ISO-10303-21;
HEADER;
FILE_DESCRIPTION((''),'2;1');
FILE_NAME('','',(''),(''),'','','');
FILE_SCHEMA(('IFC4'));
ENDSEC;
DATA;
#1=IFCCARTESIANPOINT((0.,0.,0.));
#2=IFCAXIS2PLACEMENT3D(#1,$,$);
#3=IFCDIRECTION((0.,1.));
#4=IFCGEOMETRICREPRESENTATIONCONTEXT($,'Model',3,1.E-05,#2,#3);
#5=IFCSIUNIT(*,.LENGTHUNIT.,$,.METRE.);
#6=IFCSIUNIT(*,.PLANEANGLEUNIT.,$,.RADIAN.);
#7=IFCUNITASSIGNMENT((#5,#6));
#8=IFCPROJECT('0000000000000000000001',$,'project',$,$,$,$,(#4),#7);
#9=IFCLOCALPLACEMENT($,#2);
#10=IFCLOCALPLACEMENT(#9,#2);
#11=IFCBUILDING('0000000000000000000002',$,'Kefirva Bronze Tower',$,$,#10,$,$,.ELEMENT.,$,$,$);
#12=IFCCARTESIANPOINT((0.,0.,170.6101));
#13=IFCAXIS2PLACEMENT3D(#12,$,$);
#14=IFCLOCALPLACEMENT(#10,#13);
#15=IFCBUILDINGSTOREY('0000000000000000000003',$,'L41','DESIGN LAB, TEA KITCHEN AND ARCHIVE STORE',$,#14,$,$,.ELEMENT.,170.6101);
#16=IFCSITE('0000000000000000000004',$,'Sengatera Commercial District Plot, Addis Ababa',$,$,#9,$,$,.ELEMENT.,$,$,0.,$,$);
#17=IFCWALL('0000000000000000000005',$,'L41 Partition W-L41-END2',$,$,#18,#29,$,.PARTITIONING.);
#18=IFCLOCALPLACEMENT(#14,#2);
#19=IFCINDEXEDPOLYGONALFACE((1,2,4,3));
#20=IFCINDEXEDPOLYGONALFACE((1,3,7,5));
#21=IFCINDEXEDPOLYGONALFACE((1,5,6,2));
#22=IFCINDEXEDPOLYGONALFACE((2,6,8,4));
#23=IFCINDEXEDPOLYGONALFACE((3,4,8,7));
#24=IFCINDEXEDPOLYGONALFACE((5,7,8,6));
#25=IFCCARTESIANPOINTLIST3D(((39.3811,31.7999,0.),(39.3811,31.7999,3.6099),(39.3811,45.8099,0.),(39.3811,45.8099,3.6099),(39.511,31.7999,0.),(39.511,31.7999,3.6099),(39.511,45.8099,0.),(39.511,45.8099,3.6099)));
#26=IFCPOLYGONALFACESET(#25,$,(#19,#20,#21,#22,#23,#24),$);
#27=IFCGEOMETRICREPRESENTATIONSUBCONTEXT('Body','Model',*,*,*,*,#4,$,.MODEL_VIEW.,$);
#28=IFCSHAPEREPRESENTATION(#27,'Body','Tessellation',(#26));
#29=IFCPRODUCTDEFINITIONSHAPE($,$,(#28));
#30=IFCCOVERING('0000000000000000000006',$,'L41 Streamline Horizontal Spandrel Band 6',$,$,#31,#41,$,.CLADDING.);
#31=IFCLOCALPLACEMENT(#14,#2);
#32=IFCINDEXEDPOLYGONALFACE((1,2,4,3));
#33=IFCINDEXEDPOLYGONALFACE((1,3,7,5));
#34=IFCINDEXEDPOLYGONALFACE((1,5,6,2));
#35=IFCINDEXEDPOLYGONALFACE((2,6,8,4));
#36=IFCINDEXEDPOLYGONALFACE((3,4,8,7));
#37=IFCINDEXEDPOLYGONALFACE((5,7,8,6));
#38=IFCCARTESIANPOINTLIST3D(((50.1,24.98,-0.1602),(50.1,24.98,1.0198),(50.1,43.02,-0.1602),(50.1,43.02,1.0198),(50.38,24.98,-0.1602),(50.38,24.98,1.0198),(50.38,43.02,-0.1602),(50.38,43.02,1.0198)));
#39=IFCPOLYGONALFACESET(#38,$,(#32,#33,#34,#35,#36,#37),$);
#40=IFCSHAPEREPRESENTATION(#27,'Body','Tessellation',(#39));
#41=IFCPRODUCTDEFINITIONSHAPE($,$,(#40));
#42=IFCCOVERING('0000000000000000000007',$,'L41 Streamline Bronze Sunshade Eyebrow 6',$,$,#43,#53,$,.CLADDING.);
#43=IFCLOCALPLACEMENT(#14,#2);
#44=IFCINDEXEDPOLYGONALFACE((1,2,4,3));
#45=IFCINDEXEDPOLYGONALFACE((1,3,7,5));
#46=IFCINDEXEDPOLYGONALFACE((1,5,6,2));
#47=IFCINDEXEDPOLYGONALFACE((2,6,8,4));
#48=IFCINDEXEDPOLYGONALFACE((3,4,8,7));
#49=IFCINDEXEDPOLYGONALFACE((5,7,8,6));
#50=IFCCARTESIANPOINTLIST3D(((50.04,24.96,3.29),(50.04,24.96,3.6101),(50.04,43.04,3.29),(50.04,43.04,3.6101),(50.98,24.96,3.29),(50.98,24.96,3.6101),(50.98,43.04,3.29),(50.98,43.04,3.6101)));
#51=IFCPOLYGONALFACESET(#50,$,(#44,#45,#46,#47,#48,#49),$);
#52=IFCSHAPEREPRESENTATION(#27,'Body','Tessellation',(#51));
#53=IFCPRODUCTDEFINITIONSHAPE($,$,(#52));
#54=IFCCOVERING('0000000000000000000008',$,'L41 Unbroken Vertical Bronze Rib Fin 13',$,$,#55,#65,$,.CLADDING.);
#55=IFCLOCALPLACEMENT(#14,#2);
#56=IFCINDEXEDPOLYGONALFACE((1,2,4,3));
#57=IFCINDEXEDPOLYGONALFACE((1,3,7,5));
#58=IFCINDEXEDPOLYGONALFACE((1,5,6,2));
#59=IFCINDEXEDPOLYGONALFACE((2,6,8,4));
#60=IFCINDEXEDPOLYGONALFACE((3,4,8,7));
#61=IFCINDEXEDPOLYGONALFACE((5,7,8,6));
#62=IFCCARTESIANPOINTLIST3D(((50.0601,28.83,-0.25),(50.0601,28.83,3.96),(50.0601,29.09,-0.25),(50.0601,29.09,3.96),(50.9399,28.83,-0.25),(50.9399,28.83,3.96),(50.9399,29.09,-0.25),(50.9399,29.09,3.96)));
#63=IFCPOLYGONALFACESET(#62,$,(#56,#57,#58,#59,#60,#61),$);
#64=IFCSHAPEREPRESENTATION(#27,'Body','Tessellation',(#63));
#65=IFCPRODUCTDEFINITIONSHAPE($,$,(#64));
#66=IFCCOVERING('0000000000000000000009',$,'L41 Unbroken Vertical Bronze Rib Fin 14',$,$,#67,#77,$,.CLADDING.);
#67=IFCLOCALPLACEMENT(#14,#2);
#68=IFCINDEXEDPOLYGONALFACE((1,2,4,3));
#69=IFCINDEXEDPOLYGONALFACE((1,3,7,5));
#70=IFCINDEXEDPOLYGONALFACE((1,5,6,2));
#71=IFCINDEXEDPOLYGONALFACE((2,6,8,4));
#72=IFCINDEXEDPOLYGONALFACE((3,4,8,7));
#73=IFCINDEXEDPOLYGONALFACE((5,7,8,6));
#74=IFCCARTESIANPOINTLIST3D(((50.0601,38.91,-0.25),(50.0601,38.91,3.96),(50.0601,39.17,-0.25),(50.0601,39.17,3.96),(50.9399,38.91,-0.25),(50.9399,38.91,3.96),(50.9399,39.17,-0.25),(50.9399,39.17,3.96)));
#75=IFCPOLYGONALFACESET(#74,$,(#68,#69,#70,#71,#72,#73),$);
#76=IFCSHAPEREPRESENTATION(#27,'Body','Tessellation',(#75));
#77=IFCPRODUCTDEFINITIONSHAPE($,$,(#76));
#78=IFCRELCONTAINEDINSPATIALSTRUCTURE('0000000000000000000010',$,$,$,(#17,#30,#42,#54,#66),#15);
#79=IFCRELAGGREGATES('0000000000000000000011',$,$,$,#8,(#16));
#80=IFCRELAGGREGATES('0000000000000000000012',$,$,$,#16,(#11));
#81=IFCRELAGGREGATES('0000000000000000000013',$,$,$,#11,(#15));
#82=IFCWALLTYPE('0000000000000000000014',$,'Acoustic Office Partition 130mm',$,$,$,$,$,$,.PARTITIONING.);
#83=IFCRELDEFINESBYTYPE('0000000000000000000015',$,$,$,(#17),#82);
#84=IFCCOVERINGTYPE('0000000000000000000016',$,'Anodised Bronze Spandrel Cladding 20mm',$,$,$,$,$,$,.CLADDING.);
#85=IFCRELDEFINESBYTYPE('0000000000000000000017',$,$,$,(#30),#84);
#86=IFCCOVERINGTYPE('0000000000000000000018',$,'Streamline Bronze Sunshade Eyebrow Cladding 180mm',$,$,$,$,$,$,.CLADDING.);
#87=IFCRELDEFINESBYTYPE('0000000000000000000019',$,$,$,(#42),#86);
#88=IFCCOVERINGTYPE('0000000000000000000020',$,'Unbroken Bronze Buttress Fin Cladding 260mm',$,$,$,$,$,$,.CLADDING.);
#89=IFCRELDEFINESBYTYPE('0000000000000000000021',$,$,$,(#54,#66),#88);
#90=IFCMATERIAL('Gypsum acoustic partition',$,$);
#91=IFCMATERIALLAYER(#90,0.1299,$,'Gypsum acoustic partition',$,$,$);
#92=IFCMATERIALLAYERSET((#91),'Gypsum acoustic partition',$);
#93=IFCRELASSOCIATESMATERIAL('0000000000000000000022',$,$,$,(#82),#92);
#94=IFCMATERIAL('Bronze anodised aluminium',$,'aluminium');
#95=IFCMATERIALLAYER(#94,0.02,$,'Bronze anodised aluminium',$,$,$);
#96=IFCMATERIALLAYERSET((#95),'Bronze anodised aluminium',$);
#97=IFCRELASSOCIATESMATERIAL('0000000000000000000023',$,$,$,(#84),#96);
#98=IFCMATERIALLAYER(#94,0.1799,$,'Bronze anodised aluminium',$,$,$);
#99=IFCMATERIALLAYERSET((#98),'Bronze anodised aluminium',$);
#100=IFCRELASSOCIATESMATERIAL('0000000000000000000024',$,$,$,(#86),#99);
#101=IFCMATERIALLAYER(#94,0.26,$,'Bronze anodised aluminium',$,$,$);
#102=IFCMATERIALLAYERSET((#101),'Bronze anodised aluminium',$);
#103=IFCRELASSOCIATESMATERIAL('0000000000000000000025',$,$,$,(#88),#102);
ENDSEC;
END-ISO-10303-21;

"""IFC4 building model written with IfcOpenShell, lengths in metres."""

from ifc_helpers import new_model, si_unit, direction, frame, frame_2d, origin, origin_2d, place, context, subcontext, project, spatial, rectangle, extrude, material, layer, layer_set, type_object, element, save


model = new_model("IFC4")

# Units and contexts
model_context = context("Model", 3, precision=1e-05, world=origin(), true_north=direction((0.0, 1.0)))
body_context = subcontext(model_context, "Body", "Model", "MODEL_VIEW")
ifc_project = project(units=[si_unit("LENGTHUNIT", "METRE"), si_unit("PLANEANGLEUNIT", "RADIAN")], contexts=[model_context])

# Site, building, storey
site_placement = place(None, origin())
site = spatial("IfcSite", under=ifc_project, at=site_placement, Name="Sengatera Commercial District Plot, Addis Ababa", CompositionType="ELEMENT", RefElevation=0.0)
building_placement = place(site_placement, origin())
building = spatial("IfcBuilding", under=site, at=building_placement, Name="Kefirva Bronze Tower", CompositionType="ELEMENT")
storey_placement = place(building_placement, frame((0.0, 0.0, 170.6101)))
storey = spatial("IfcBuildingStorey", under=building, at=storey_placement, Name="L41", Description="DESIGN LAB, TEA KITCHEN AND ARCHIVE STORE", CompositionType="ELEMENT", Elevation=170.6101)

# Shared definitions
ifc_material_1 = material(Name="Bronze anodised aluminium", Category="aluminium")

# Wall
ifc_material_2 = material(Name="Gypsum acoustic partition")
ifc_layer_1 = layer(ifc_material_2, 0.1299, Name="Gypsum acoustic partition")
ifc_layer_set_1 = layer_set([ifc_layer_1], Name="Gypsum acoustic partition")
wall_type = type_object("IfcWallType", Name="Acoustic Office Partition 130mm", PredefinedType="PARTITIONING", material=ifc_layer_set_1)
wall_placement = place(storey_placement, frame((39.446, 31.8, 0.0), z_axis=(0.0, 0.0, 1.0), x_axis=(0.0, 1.0, 0.0)))
element("IfcWall", 1, at=wall_placement, inside=storey, type_object=wall_type, Name="L41 Partition W-L41-END2", PredefinedType="PARTITIONING", context=body_context, shape_type="SweptSolid", body=[
    extrude(rectangle(XDim=14.01, YDim=0.1299, at=frame_2d((7.0049, 0.0))), origin(), (0.0, 0.0, 1.0), 3.6099),
])

# Coverings
ifc_layer_2 = layer(ifc_material_1, 0.02, Name="Bronze anodised aluminium")
ifc_layer_set_2 = layer_set([ifc_layer_2], Name="Bronze anodised aluminium")
covering_type_1 = type_object("IfcCoveringType", Name="Anodised Bronze Spandrel Cladding 20mm", PredefinedType="CLADDING", material=ifc_layer_set_2)
covering_1_placement = place(storey_placement, frame((50.24, 34.0, -0.1602), z_axis=(0.0, 0.0, 1.0), x_axis=(0.0, 1.0, 0.0)))
element("IfcCovering", 2, at=covering_1_placement, inside=storey, type_object=covering_type_1, Name="L41 Streamline Horizontal Spandrel Band 6", PredefinedType="CLADDING", context=body_context, shape_type="SweptSolid", body=[
    extrude(rectangle(XDim=18.04, YDim=0.28, at=origin_2d()), origin(), (0.0, 0.0, 1.0), 1.1799),
])
ifc_layer_3 = layer(ifc_material_1, 0.1799, Name="Bronze anodised aluminium")
ifc_layer_set_3 = layer_set([ifc_layer_3], Name="Bronze anodised aluminium")
covering_type_2 = type_object("IfcCoveringType", Name="Streamline Bronze Sunshade Eyebrow Cladding 180mm", PredefinedType="CLADDING", material=ifc_layer_set_3)
covering_2_placement = place(storey_placement, frame((50.51, 34.0, 3.29), z_axis=(0.0, 0.0, 1.0), x_axis=(0.0, 1.0, 0.0)))
element("IfcCovering", 3, at=covering_2_placement, inside=storey, type_object=covering_type_2, Name="L41 Streamline Bronze Sunshade Eyebrow 6", PredefinedType="CLADDING", context=body_context, shape_type="SweptSolid", body=[
    extrude(rectangle(XDim=18.0801, YDim=0.9399, at=origin_2d()), origin(), (0.0, 0.0, 1.0), 0.3201),
])
ifc_layer_4 = layer(ifc_material_1, 0.26, Name="Bronze anodised aluminium")
ifc_layer_set_4 = layer_set([ifc_layer_4], Name="Bronze anodised aluminium")
covering_type_3 = type_object("IfcCoveringType", Name="Unbroken Bronze Buttress Fin Cladding 260mm", PredefinedType="CLADDING", material=ifc_layer_set_4)
for number, where, z_axis, x_axis, name in (
    (4, (50.5, 28.96, -0.25), (0.0, 0.0, 1.0), (0.0, 1.0, 0.0), "L41 Unbroken Vertical Bronze Rib Fin 13"),
    (5, (50.5, 39.04, -0.25), (0.0, 0.0, 1.0), (0.0, 1.0, 0.0), "L41 Unbroken Vertical Bronze Rib Fin 14"),
):
    element("IfcCovering", number, at=place(storey_placement, frame(where, z_axis=z_axis, x_axis=x_axis)), inside=storey, type_object=covering_type_3, Name=name, PredefinedType="CLADDING", context=body_context, shape_type="SweptSolid", body=[
        extrude(rectangle(XDim=0.26, YDim=0.8799, at=origin_2d()), origin(), (0.0, 0.0, 1.0), 4.21),
    ])

save(model, "model.ifc")
